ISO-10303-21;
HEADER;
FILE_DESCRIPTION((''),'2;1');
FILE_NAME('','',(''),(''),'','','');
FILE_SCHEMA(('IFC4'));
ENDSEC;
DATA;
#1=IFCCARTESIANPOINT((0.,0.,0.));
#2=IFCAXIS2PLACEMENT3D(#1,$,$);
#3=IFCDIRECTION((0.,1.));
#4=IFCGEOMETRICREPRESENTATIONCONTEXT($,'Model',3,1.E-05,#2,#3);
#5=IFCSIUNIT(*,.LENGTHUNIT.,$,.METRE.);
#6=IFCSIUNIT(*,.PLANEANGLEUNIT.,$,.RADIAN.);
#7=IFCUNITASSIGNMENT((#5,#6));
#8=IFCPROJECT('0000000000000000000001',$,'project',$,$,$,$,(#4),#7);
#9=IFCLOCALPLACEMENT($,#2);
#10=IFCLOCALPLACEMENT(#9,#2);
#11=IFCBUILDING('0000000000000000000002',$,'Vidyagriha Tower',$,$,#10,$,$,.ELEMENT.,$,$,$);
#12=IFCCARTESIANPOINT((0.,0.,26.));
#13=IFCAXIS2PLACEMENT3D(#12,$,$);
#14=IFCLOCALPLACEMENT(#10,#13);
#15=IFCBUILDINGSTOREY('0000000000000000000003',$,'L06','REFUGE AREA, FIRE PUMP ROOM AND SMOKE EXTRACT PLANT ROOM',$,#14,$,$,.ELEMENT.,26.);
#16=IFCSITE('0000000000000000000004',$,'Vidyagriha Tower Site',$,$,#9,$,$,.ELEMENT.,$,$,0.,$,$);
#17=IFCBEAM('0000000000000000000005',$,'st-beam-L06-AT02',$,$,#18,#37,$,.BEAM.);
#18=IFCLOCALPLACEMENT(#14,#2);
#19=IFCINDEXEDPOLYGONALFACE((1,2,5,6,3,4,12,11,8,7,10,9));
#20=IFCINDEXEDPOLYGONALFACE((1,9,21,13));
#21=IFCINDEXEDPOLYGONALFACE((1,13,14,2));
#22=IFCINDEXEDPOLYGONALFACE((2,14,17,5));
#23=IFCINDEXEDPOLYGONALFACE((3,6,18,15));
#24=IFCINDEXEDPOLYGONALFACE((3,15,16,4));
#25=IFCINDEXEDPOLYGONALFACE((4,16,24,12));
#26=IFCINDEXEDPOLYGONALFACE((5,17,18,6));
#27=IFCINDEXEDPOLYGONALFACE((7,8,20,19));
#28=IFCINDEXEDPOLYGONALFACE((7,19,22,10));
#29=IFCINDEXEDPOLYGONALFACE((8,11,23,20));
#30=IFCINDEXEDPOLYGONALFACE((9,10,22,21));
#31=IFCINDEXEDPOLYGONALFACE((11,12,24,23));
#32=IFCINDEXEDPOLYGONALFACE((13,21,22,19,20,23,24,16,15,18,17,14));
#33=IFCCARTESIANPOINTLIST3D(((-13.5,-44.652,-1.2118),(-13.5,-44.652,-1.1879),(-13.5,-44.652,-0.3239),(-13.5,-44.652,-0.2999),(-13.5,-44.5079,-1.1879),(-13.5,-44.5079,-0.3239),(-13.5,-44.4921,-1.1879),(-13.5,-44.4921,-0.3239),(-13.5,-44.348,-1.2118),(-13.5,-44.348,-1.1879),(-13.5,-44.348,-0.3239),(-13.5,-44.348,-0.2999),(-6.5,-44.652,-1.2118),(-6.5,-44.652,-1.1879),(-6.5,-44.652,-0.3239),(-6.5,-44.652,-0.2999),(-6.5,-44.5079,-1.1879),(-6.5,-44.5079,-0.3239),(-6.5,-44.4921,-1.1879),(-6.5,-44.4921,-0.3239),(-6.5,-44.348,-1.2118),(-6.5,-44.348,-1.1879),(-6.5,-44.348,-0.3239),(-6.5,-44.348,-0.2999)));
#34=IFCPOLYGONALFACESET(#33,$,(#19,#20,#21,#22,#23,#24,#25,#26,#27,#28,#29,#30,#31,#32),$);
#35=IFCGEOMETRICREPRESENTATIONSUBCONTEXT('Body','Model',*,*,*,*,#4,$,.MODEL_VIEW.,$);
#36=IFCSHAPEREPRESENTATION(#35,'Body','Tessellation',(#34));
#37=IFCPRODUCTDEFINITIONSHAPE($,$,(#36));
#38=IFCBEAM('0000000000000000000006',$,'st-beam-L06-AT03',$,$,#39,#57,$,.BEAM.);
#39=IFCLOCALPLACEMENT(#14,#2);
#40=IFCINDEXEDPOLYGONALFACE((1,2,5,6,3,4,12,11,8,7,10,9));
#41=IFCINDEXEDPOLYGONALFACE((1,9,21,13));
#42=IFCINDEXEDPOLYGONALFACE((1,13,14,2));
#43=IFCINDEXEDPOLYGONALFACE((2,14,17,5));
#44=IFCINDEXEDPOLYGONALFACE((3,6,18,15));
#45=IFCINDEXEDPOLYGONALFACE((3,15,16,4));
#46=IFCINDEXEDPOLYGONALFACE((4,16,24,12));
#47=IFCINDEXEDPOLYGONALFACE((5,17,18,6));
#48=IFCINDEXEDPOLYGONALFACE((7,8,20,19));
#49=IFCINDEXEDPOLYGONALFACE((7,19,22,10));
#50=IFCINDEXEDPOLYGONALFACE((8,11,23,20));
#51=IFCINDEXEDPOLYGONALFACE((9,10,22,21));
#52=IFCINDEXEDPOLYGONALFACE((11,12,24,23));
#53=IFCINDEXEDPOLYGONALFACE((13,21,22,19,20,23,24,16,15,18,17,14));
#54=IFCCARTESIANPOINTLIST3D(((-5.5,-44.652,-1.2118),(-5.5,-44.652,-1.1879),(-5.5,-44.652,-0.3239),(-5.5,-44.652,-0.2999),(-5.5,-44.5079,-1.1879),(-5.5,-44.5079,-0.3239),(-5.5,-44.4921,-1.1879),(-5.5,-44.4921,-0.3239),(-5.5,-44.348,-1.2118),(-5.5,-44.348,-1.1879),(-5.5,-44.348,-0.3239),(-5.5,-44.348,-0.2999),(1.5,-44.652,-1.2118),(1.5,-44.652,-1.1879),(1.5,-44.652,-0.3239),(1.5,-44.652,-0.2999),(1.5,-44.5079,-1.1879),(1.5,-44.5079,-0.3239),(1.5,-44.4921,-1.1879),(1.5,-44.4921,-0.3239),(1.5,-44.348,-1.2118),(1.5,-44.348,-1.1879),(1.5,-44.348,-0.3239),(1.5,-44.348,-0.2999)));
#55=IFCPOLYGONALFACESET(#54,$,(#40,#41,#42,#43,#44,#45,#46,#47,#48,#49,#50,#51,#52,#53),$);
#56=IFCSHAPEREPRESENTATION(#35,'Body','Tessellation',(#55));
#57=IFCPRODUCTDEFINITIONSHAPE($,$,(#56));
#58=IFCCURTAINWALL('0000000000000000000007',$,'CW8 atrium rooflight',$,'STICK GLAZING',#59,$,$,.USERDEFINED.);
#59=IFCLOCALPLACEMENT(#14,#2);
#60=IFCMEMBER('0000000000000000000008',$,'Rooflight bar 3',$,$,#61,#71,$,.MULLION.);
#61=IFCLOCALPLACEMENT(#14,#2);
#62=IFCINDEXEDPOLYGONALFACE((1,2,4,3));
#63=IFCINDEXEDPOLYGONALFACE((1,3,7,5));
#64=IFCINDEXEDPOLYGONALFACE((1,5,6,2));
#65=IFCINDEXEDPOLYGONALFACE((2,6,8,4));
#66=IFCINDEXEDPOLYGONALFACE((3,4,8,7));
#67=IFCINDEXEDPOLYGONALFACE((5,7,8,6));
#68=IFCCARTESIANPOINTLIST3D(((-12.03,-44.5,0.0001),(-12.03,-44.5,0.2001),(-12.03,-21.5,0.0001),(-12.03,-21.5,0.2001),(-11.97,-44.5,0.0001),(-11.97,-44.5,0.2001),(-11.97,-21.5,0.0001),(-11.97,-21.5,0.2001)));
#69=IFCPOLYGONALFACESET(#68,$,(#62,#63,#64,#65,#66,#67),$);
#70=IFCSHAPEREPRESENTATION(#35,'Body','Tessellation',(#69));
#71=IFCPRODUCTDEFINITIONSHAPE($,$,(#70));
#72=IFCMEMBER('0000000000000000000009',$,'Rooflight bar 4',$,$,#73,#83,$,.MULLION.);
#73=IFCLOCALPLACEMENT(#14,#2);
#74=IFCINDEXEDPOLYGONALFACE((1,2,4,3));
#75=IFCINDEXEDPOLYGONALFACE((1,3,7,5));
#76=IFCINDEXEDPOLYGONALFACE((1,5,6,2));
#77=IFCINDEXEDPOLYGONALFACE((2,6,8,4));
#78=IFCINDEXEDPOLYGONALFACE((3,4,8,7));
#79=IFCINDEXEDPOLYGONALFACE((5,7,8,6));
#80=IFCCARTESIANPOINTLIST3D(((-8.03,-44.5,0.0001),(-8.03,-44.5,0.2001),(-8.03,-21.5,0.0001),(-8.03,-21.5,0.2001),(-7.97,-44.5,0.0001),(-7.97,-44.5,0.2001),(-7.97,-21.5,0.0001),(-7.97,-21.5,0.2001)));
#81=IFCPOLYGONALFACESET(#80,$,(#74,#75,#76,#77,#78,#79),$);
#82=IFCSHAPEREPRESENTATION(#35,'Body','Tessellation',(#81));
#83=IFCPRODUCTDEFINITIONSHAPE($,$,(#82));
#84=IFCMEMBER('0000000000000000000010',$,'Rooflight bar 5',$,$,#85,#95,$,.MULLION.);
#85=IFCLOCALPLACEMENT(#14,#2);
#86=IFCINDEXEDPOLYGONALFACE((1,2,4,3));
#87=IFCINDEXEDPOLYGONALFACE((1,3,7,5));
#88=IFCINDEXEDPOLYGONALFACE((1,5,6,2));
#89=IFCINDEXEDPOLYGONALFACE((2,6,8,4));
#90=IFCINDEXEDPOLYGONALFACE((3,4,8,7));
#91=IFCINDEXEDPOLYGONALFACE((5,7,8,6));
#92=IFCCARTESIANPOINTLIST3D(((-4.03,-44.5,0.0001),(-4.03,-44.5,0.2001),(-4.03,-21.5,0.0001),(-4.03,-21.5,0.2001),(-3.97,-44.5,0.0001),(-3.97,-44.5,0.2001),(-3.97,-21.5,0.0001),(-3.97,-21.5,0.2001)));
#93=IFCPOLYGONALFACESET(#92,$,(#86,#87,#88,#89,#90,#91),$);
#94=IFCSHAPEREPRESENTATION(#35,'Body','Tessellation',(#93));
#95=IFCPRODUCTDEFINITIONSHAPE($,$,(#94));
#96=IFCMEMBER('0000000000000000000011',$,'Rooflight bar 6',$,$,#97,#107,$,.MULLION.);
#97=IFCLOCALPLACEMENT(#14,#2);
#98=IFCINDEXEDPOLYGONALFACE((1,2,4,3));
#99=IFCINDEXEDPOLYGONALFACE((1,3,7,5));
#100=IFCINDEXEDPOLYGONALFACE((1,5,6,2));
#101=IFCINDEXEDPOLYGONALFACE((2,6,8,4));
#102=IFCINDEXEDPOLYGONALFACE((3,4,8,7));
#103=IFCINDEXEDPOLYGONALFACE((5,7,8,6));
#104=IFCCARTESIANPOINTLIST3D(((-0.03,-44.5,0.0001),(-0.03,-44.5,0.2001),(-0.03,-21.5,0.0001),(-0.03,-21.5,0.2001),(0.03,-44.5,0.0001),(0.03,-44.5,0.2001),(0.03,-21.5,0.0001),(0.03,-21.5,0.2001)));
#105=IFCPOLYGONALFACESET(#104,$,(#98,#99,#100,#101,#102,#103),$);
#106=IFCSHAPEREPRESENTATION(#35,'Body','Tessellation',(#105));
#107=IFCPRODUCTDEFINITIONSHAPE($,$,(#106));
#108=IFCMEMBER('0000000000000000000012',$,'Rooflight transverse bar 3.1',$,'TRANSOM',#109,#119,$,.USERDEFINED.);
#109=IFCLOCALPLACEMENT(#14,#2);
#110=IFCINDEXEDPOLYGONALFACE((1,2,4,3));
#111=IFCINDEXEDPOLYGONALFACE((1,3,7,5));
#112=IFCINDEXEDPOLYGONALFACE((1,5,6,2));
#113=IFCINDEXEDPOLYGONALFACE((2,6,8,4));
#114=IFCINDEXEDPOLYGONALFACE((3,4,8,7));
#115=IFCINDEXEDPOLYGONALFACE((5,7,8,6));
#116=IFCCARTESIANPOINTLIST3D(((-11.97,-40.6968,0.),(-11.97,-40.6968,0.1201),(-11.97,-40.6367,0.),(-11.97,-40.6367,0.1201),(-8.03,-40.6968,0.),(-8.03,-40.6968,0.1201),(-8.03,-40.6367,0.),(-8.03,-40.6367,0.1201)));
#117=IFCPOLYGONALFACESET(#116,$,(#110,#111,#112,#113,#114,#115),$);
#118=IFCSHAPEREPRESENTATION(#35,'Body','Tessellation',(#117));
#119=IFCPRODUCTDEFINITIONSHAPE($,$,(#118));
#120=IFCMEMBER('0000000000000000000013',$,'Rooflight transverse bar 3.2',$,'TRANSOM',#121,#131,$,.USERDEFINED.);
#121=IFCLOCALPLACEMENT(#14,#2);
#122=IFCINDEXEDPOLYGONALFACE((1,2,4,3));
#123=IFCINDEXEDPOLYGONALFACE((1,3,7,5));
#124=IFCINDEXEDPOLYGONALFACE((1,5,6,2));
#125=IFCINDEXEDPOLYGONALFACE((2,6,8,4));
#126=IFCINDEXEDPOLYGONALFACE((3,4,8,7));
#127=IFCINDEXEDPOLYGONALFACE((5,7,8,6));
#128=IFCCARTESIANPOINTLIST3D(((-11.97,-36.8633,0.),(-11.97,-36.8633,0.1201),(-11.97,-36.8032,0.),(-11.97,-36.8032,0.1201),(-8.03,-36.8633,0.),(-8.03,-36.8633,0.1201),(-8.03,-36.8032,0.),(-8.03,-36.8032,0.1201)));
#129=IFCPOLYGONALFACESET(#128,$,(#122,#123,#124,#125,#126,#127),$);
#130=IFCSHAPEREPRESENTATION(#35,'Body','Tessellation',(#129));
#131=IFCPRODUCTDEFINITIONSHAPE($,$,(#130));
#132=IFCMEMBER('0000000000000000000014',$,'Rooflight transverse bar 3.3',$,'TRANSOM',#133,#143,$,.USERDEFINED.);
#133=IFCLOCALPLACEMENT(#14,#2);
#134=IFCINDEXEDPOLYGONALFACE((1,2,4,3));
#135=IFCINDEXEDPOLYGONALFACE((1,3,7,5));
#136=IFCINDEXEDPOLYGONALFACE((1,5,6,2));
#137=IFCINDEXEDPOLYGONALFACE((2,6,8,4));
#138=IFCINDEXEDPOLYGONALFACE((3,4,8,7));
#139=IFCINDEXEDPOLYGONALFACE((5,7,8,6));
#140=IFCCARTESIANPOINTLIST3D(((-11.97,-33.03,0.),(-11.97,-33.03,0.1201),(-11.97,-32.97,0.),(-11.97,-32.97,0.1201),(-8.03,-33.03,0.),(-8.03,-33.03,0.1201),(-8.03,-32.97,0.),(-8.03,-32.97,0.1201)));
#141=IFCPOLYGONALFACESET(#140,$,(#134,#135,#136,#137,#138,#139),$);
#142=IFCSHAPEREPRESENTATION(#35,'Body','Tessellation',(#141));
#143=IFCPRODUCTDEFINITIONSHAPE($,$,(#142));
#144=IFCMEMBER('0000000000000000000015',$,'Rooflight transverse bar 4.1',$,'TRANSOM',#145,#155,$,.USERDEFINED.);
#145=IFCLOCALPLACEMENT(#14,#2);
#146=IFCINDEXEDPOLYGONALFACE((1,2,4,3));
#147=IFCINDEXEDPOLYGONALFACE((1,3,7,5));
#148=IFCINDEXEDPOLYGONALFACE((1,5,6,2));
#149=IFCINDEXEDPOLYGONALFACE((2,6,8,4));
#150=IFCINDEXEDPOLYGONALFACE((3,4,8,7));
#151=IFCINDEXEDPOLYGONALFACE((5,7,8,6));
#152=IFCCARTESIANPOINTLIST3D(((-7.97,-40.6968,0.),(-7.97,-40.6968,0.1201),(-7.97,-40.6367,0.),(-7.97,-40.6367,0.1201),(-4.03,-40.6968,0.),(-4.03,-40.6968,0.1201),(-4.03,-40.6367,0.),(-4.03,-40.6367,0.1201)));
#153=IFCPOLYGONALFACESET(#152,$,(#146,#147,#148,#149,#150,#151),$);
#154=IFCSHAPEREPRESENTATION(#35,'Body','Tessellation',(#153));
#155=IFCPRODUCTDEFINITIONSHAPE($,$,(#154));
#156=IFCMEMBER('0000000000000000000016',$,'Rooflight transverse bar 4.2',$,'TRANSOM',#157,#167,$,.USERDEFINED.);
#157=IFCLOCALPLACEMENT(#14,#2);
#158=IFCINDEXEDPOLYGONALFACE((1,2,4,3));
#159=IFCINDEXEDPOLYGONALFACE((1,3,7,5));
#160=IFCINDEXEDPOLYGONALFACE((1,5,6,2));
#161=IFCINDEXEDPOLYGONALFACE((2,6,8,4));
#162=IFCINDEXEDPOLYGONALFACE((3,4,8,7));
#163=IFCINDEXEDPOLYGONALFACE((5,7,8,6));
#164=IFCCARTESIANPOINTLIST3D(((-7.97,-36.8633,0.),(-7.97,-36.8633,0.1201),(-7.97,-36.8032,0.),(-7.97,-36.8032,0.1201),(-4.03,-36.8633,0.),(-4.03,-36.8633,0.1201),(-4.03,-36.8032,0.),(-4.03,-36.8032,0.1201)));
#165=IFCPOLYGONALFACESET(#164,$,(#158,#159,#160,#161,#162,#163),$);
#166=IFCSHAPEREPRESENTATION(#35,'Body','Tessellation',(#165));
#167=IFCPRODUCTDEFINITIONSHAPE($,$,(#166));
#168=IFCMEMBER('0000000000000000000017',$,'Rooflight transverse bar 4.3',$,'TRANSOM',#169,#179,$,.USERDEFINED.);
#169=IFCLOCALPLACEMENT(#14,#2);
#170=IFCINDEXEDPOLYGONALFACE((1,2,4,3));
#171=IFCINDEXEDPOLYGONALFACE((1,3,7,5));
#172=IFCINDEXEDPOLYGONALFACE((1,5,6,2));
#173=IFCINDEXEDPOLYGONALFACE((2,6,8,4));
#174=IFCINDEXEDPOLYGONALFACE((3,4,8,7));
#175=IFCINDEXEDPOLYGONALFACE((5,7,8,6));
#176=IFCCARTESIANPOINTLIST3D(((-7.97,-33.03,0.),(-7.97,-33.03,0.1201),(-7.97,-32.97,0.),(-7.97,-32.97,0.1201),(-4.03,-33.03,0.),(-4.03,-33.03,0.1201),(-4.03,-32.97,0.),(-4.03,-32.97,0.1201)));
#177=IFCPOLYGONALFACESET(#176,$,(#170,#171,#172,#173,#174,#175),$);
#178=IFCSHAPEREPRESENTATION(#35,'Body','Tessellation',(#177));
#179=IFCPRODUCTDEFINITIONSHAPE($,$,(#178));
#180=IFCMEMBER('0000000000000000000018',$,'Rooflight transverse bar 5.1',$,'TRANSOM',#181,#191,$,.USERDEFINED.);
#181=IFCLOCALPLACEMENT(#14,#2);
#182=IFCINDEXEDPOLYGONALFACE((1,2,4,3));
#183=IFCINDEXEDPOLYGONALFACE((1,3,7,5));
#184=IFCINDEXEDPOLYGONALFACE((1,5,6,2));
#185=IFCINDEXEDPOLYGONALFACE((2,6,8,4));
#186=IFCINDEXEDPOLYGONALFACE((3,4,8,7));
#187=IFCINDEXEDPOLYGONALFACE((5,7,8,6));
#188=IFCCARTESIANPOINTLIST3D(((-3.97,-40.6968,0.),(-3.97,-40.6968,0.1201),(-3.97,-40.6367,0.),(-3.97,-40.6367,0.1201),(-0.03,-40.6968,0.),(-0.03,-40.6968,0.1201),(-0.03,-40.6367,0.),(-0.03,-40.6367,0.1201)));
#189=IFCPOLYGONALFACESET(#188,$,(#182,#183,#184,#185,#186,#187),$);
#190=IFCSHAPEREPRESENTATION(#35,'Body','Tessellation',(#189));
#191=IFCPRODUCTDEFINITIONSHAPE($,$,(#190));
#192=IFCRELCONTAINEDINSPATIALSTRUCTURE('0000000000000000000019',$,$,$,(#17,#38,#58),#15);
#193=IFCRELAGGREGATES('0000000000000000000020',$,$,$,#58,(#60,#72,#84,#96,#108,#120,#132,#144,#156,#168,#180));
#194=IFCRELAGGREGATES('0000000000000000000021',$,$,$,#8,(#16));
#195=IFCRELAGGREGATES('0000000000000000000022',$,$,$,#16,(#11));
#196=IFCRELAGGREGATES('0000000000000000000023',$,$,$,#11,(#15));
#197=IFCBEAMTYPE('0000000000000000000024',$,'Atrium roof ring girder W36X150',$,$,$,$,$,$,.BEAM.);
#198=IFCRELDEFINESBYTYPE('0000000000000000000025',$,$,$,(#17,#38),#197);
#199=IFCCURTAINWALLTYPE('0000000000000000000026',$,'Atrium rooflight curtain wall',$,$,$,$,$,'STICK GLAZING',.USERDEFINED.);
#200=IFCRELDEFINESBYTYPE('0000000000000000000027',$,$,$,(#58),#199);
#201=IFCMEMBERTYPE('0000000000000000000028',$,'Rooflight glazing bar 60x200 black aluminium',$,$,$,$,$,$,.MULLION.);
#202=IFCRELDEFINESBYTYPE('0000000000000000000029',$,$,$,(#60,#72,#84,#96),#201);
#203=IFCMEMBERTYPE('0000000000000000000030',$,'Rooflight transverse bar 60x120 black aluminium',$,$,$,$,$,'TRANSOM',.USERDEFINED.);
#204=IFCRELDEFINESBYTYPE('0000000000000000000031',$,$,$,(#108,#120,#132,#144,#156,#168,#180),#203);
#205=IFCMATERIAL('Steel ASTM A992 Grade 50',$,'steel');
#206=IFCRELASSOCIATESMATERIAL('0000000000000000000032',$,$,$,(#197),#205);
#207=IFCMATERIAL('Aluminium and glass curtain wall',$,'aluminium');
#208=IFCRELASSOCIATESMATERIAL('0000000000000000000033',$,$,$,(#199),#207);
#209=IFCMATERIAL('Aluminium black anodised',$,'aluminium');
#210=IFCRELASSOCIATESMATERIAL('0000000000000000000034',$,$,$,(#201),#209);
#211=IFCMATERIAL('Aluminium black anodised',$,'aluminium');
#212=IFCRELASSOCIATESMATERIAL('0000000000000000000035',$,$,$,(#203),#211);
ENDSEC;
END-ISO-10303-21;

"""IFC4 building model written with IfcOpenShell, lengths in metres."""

from ifc_helpers import new_model, si_unit, direction, frame, origin, origin_2d, place, context, subcontext, project, spatial, rectangle, i_section, extrude, material, material_profile, profile_set, type_object, element, aggregate, save


model = new_model("IFC4")

# Units and contexts
model_context = context("Model", 3, precision=1e-05, world=origin(), true_north=direction((0.0, 1.0)))
body_context = subcontext(model_context, "Body", "Model", "MODEL_VIEW")
ifc_project = project(units=[si_unit("LENGTHUNIT", "METRE"), si_unit("PLANEANGLEUNIT", "RADIAN")], contexts=[model_context])

# Site, building, storey
site_placement = place(None, origin())
site = spatial("IfcSite", under=ifc_project, at=site_placement, Name="Vidyagriha Tower Site", CompositionType="ELEMENT", RefElevation=0.0)
building_placement = place(site_placement, origin())
building = spatial("IfcBuilding", under=site, at=building_placement, Name="Vidyagriha Tower", CompositionType="ELEMENT")
storey_placement = place(building_placement, frame((0.0, 0.0, 26.0)))
storey = spatial("IfcBuildingStorey", under=building, at=storey_placement, Name="L06", Description="REFUGE AREA, FIRE PUMP ROOM AND SMOKE EXTRACT PLANT ROOM", CompositionType="ELEMENT", Elevation=26.0)

# Beams
ifc_material_1 = material(Name="Steel ASTM A992 Grade 50", Category="steel")
ifc_material_profile_1 = material_profile(ifc_material_1, i_section(OverallWidth=0.304, OverallDepth=0.9119, WebThickness=0.0159, FlangeThickness=0.0239, at=origin_2d()), Name="W36X150")
ifc_profile_set_1 = profile_set([ifc_material_profile_1], Name="Steel ASTM A992 Grade 50")
beam_type = type_object("IfcBeamType", Name="Atrium roof ring girder W36X150", PredefinedType="BEAM", material=ifc_profile_set_1)
for number, where, z_axis, x_axis, name in (
    (1, (-13.5, -44.5, -0.7559), (1.0, 0.0, 0.0), (0.0, 1.0, 0.0), "st-beam-L06-AT02"),
    (2, (-5.5, -44.5, -0.7559), (1.0, 0.0, 0.0), (0.0, 1.0, 0.0), "st-beam-L06-AT03"),
):
    element("IfcBeam", number, at=place(storey_placement, frame(where, z_axis=z_axis, x_axis=x_axis)), inside=storey, type_object=beam_type, Name=name, PredefinedType="BEAM", context=body_context, shape_type="SweptSolid", body=[
        extrude(i_section(OverallWidth=0.304, OverallDepth=0.9119, WebThickness=0.0159, FlangeThickness=0.0239, at=origin_2d()), origin(), (0.0, 0.0, 1.0), 7.0),
    ])

# Curtain wall, members
ifc_material_2 = material(Name="Aluminium and glass curtain wall", Category="aluminium")
curtain_wall_type = type_object("IfcCurtainWallType", Name="Atrium rooflight curtain wall", ElementType="STICK GLAZING", PredefinedType="USERDEFINED", material=ifc_material_2)
curtain_wall_placement = place(storey_placement, origin())
curtain_wall = element("IfcCurtainWall", 3, at=curtain_wall_placement, inside=storey, type_object=curtain_wall_type, Name="CW8 atrium rooflight", ObjectType="STICK GLAZING", PredefinedType="USERDEFINED")
ifc_material_3 = material(Name="Aluminium black anodised", Category="aluminium")
ifc_material_profile_2 = material_profile(ifc_material_3, rectangle(XDim=0.0601, YDim=0.2, at=origin_2d()), Name="Rooflight glazing bar 60x200 black aluminium")
ifc_profile_set_2 = profile_set([ifc_material_profile_2], Name="Aluminium black anodised")
member_type_1 = type_object("IfcMemberType", Name="Rooflight glazing bar 60x200 black aluminium", PredefinedType="MULLION", material=ifc_profile_set_2)
member_1_placement = place(storey_placement, frame((-12.0, -44.5, 0.1001), z_axis=(0.0, 1.0, 0.0), x_axis=(-1.0, 0.0, 0.0)))
member_1 = element("IfcMember", 4, at=member_1_placement, type_object=member_type_1, Name="Rooflight bar 3", PredefinedType="MULLION", context=body_context, shape_type="SweptSolid", body=[
    extrude(rectangle(XDim=0.0601, YDim=0.2, at=origin_2d()), origin(), (0.0, 0.0, 1.0), 23.0),
])
member_2_placement = place(storey_placement, frame((-8.0, -44.5, 0.1001), z_axis=(0.0, 1.0, 0.0), x_axis=(-1.0, 0.0, 0.0)))
member_2 = element("IfcMember", 5, at=member_2_placement, type_object=member_type_1, Name="Rooflight bar 4", PredefinedType="MULLION", context=body_context, shape_type="SweptSolid", body=[
    extrude(rectangle(XDim=0.0601, YDim=0.2, at=origin_2d()), origin(), (0.0, 0.0, 1.0), 23.0),
])
member_3_placement = place(storey_placement, frame((-4.0, -44.5, 0.1001), z_axis=(0.0, 1.0, 0.0), x_axis=(-1.0, 0.0, 0.0)))
member_3 = element("IfcMember", 6, at=member_3_placement, type_object=member_type_1, Name="Rooflight bar 5", PredefinedType="MULLION", context=body_context, shape_type="SweptSolid", body=[
    extrude(rectangle(XDim=0.0601, YDim=0.2, at=origin_2d()), origin(), (0.0, 0.0, 1.0), 23.0),
])
member_4_placement = place(storey_placement, frame((0.0, -44.5, 0.1001), z_axis=(0.0, 1.0, 0.0), x_axis=(-1.0, 0.0, 0.0)))
member_4 = element("IfcMember", 7, at=member_4_placement, type_object=member_type_1, Name="Rooflight bar 6", PredefinedType="MULLION", context=body_context, shape_type="SweptSolid", body=[
    extrude(rectangle(XDim=0.0601, YDim=0.2, at=origin_2d()), origin(), (0.0, 0.0, 1.0), 23.0),
])
ifc_material_4 = material(Name="Aluminium black anodised", Category="aluminium")
ifc_material_profile_3 = material_profile(ifc_material_4, rectangle(XDim=0.0601, YDim=0.1201, at=origin_2d()), Name="Rooflight transverse bar 60x120 black aluminium")
ifc_profile_set_3 = profile_set([ifc_material_profile_3], Name="Aluminium black anodised")
member_type_2 = type_object("IfcMemberType", Name="Rooflight transverse bar 60x120 black aluminium", ElementType="TRANSOM", PredefinedType="USERDEFINED", material=ifc_profile_set_3)
member_5_placement = place(storey_placement, frame((-11.97, -40.6667, 0.0601), z_axis=(1.0, 0.0, 0.0), x_axis=(0.0, 1.0, 0.0)))
member_5 = element("IfcMember", 8, at=member_5_placement, type_object=member_type_2, Name="Rooflight transverse bar 3.1", ObjectType="TRANSOM", PredefinedType="USERDEFINED", context=body_context, shape_type="SweptSolid", body=[
    extrude(rectangle(XDim=0.0601, YDim=0.1201, at=origin_2d()), origin(), (0.0, 0.0, 1.0), 3.9399),
])
member_6_placement = place(storey_placement, frame((-11.97, -36.8333, 0.0601), z_axis=(1.0, 0.0, 0.0), x_axis=(0.0, 1.0, 0.0)))
member_6 = element("IfcMember", 9, at=member_6_placement, type_object=member_type_2, Name="Rooflight transverse bar 3.2", ObjectType="TRANSOM", PredefinedType="USERDEFINED", context=body_context, shape_type="SweptSolid", body=[
    extrude(rectangle(XDim=0.0601, YDim=0.1201, at=origin_2d()), origin(), (0.0, 0.0, 1.0), 3.9399),
])
member_7_placement = place(storey_placement, frame((-11.97, -33.0, 0.0601), z_axis=(1.0, 0.0, 0.0), x_axis=(0.0, 1.0, 0.0)))
member_7 = element("IfcMember", 10, at=member_7_placement, type_object=member_type_2, Name="Rooflight transverse bar 3.3", ObjectType="TRANSOM", PredefinedType="USERDEFINED", context=body_context, shape_type="SweptSolid", body=[
    extrude(rectangle(XDim=0.0601, YDim=0.1201, at=origin_2d()), origin(), (0.0, 0.0, 1.0), 3.9399),
])
member_8_placement = place(storey_placement, frame((-7.97, -40.6667, 0.0601), z_axis=(1.0, 0.0, 0.0), x_axis=(0.0, 1.0, 0.0)))
member_8 = element("IfcMember", 11, at=member_8_placement, type_object=member_type_2, Name="Rooflight transverse bar 4.1", ObjectType="TRANSOM", PredefinedType="USERDEFINED", context=body_context, shape_type="SweptSolid", body=[
    extrude(rectangle(XDim=0.0601, YDim=0.1201, at=origin_2d()), origin(), (0.0, 0.0, 1.0), 3.9399),
])
member_9_placement = place(storey_placement, frame((-7.97, -36.8333, 0.0601), z_axis=(1.0, 0.0, 0.0), x_axis=(0.0, 1.0, 0.0)))
member_9 = element("IfcMember", 12, at=member_9_placement, type_object=member_type_2, Name="Rooflight transverse bar 4.2", ObjectType="TRANSOM", PredefinedType="USERDEFINED", context=body_context, shape_type="SweptSolid", body=[
    extrude(rectangle(XDim=0.0601, YDim=0.1201, at=origin_2d()), origin(), (0.0, 0.0, 1.0), 3.9399),
])
member_10_placement = place(storey_placement, frame((-7.97, -33.0, 0.0601), z_axis=(1.0, 0.0, 0.0), x_axis=(0.0, 1.0, 0.0)))
member_10 = element("IfcMember", 13, at=member_10_placement, type_object=member_type_2, Name="Rooflight transverse bar 4.3", ObjectType="TRANSOM", PredefinedType="USERDEFINED", context=body_context, shape_type="SweptSolid", body=[
    extrude(rectangle(XDim=0.0601, YDim=0.1201, at=origin_2d()), origin(), (0.0, 0.0, 1.0), 3.9399),
])
member_11_placement = place(storey_placement, frame((-3.97, -40.6667, 0.0601), z_axis=(1.0, 0.0, 0.0), x_axis=(0.0, 1.0, 0.0)))
member_11 = element("IfcMember", 14, at=member_11_placement, type_object=member_type_2, Name="Rooflight transverse bar 5.1", ObjectType="TRANSOM", PredefinedType="USERDEFINED", context=body_context, shape_type="SweptSolid", body=[
    extrude(rectangle(XDim=0.0601, YDim=0.1201, at=origin_2d()), origin(), (0.0, 0.0, 1.0), 3.9399),
])
aggregate(curtain_wall, [member_1, member_2, member_3, member_4, member_5, member_6, member_7, member_8, member_9, member_10, member_11])

save(model, "model.ifc")
